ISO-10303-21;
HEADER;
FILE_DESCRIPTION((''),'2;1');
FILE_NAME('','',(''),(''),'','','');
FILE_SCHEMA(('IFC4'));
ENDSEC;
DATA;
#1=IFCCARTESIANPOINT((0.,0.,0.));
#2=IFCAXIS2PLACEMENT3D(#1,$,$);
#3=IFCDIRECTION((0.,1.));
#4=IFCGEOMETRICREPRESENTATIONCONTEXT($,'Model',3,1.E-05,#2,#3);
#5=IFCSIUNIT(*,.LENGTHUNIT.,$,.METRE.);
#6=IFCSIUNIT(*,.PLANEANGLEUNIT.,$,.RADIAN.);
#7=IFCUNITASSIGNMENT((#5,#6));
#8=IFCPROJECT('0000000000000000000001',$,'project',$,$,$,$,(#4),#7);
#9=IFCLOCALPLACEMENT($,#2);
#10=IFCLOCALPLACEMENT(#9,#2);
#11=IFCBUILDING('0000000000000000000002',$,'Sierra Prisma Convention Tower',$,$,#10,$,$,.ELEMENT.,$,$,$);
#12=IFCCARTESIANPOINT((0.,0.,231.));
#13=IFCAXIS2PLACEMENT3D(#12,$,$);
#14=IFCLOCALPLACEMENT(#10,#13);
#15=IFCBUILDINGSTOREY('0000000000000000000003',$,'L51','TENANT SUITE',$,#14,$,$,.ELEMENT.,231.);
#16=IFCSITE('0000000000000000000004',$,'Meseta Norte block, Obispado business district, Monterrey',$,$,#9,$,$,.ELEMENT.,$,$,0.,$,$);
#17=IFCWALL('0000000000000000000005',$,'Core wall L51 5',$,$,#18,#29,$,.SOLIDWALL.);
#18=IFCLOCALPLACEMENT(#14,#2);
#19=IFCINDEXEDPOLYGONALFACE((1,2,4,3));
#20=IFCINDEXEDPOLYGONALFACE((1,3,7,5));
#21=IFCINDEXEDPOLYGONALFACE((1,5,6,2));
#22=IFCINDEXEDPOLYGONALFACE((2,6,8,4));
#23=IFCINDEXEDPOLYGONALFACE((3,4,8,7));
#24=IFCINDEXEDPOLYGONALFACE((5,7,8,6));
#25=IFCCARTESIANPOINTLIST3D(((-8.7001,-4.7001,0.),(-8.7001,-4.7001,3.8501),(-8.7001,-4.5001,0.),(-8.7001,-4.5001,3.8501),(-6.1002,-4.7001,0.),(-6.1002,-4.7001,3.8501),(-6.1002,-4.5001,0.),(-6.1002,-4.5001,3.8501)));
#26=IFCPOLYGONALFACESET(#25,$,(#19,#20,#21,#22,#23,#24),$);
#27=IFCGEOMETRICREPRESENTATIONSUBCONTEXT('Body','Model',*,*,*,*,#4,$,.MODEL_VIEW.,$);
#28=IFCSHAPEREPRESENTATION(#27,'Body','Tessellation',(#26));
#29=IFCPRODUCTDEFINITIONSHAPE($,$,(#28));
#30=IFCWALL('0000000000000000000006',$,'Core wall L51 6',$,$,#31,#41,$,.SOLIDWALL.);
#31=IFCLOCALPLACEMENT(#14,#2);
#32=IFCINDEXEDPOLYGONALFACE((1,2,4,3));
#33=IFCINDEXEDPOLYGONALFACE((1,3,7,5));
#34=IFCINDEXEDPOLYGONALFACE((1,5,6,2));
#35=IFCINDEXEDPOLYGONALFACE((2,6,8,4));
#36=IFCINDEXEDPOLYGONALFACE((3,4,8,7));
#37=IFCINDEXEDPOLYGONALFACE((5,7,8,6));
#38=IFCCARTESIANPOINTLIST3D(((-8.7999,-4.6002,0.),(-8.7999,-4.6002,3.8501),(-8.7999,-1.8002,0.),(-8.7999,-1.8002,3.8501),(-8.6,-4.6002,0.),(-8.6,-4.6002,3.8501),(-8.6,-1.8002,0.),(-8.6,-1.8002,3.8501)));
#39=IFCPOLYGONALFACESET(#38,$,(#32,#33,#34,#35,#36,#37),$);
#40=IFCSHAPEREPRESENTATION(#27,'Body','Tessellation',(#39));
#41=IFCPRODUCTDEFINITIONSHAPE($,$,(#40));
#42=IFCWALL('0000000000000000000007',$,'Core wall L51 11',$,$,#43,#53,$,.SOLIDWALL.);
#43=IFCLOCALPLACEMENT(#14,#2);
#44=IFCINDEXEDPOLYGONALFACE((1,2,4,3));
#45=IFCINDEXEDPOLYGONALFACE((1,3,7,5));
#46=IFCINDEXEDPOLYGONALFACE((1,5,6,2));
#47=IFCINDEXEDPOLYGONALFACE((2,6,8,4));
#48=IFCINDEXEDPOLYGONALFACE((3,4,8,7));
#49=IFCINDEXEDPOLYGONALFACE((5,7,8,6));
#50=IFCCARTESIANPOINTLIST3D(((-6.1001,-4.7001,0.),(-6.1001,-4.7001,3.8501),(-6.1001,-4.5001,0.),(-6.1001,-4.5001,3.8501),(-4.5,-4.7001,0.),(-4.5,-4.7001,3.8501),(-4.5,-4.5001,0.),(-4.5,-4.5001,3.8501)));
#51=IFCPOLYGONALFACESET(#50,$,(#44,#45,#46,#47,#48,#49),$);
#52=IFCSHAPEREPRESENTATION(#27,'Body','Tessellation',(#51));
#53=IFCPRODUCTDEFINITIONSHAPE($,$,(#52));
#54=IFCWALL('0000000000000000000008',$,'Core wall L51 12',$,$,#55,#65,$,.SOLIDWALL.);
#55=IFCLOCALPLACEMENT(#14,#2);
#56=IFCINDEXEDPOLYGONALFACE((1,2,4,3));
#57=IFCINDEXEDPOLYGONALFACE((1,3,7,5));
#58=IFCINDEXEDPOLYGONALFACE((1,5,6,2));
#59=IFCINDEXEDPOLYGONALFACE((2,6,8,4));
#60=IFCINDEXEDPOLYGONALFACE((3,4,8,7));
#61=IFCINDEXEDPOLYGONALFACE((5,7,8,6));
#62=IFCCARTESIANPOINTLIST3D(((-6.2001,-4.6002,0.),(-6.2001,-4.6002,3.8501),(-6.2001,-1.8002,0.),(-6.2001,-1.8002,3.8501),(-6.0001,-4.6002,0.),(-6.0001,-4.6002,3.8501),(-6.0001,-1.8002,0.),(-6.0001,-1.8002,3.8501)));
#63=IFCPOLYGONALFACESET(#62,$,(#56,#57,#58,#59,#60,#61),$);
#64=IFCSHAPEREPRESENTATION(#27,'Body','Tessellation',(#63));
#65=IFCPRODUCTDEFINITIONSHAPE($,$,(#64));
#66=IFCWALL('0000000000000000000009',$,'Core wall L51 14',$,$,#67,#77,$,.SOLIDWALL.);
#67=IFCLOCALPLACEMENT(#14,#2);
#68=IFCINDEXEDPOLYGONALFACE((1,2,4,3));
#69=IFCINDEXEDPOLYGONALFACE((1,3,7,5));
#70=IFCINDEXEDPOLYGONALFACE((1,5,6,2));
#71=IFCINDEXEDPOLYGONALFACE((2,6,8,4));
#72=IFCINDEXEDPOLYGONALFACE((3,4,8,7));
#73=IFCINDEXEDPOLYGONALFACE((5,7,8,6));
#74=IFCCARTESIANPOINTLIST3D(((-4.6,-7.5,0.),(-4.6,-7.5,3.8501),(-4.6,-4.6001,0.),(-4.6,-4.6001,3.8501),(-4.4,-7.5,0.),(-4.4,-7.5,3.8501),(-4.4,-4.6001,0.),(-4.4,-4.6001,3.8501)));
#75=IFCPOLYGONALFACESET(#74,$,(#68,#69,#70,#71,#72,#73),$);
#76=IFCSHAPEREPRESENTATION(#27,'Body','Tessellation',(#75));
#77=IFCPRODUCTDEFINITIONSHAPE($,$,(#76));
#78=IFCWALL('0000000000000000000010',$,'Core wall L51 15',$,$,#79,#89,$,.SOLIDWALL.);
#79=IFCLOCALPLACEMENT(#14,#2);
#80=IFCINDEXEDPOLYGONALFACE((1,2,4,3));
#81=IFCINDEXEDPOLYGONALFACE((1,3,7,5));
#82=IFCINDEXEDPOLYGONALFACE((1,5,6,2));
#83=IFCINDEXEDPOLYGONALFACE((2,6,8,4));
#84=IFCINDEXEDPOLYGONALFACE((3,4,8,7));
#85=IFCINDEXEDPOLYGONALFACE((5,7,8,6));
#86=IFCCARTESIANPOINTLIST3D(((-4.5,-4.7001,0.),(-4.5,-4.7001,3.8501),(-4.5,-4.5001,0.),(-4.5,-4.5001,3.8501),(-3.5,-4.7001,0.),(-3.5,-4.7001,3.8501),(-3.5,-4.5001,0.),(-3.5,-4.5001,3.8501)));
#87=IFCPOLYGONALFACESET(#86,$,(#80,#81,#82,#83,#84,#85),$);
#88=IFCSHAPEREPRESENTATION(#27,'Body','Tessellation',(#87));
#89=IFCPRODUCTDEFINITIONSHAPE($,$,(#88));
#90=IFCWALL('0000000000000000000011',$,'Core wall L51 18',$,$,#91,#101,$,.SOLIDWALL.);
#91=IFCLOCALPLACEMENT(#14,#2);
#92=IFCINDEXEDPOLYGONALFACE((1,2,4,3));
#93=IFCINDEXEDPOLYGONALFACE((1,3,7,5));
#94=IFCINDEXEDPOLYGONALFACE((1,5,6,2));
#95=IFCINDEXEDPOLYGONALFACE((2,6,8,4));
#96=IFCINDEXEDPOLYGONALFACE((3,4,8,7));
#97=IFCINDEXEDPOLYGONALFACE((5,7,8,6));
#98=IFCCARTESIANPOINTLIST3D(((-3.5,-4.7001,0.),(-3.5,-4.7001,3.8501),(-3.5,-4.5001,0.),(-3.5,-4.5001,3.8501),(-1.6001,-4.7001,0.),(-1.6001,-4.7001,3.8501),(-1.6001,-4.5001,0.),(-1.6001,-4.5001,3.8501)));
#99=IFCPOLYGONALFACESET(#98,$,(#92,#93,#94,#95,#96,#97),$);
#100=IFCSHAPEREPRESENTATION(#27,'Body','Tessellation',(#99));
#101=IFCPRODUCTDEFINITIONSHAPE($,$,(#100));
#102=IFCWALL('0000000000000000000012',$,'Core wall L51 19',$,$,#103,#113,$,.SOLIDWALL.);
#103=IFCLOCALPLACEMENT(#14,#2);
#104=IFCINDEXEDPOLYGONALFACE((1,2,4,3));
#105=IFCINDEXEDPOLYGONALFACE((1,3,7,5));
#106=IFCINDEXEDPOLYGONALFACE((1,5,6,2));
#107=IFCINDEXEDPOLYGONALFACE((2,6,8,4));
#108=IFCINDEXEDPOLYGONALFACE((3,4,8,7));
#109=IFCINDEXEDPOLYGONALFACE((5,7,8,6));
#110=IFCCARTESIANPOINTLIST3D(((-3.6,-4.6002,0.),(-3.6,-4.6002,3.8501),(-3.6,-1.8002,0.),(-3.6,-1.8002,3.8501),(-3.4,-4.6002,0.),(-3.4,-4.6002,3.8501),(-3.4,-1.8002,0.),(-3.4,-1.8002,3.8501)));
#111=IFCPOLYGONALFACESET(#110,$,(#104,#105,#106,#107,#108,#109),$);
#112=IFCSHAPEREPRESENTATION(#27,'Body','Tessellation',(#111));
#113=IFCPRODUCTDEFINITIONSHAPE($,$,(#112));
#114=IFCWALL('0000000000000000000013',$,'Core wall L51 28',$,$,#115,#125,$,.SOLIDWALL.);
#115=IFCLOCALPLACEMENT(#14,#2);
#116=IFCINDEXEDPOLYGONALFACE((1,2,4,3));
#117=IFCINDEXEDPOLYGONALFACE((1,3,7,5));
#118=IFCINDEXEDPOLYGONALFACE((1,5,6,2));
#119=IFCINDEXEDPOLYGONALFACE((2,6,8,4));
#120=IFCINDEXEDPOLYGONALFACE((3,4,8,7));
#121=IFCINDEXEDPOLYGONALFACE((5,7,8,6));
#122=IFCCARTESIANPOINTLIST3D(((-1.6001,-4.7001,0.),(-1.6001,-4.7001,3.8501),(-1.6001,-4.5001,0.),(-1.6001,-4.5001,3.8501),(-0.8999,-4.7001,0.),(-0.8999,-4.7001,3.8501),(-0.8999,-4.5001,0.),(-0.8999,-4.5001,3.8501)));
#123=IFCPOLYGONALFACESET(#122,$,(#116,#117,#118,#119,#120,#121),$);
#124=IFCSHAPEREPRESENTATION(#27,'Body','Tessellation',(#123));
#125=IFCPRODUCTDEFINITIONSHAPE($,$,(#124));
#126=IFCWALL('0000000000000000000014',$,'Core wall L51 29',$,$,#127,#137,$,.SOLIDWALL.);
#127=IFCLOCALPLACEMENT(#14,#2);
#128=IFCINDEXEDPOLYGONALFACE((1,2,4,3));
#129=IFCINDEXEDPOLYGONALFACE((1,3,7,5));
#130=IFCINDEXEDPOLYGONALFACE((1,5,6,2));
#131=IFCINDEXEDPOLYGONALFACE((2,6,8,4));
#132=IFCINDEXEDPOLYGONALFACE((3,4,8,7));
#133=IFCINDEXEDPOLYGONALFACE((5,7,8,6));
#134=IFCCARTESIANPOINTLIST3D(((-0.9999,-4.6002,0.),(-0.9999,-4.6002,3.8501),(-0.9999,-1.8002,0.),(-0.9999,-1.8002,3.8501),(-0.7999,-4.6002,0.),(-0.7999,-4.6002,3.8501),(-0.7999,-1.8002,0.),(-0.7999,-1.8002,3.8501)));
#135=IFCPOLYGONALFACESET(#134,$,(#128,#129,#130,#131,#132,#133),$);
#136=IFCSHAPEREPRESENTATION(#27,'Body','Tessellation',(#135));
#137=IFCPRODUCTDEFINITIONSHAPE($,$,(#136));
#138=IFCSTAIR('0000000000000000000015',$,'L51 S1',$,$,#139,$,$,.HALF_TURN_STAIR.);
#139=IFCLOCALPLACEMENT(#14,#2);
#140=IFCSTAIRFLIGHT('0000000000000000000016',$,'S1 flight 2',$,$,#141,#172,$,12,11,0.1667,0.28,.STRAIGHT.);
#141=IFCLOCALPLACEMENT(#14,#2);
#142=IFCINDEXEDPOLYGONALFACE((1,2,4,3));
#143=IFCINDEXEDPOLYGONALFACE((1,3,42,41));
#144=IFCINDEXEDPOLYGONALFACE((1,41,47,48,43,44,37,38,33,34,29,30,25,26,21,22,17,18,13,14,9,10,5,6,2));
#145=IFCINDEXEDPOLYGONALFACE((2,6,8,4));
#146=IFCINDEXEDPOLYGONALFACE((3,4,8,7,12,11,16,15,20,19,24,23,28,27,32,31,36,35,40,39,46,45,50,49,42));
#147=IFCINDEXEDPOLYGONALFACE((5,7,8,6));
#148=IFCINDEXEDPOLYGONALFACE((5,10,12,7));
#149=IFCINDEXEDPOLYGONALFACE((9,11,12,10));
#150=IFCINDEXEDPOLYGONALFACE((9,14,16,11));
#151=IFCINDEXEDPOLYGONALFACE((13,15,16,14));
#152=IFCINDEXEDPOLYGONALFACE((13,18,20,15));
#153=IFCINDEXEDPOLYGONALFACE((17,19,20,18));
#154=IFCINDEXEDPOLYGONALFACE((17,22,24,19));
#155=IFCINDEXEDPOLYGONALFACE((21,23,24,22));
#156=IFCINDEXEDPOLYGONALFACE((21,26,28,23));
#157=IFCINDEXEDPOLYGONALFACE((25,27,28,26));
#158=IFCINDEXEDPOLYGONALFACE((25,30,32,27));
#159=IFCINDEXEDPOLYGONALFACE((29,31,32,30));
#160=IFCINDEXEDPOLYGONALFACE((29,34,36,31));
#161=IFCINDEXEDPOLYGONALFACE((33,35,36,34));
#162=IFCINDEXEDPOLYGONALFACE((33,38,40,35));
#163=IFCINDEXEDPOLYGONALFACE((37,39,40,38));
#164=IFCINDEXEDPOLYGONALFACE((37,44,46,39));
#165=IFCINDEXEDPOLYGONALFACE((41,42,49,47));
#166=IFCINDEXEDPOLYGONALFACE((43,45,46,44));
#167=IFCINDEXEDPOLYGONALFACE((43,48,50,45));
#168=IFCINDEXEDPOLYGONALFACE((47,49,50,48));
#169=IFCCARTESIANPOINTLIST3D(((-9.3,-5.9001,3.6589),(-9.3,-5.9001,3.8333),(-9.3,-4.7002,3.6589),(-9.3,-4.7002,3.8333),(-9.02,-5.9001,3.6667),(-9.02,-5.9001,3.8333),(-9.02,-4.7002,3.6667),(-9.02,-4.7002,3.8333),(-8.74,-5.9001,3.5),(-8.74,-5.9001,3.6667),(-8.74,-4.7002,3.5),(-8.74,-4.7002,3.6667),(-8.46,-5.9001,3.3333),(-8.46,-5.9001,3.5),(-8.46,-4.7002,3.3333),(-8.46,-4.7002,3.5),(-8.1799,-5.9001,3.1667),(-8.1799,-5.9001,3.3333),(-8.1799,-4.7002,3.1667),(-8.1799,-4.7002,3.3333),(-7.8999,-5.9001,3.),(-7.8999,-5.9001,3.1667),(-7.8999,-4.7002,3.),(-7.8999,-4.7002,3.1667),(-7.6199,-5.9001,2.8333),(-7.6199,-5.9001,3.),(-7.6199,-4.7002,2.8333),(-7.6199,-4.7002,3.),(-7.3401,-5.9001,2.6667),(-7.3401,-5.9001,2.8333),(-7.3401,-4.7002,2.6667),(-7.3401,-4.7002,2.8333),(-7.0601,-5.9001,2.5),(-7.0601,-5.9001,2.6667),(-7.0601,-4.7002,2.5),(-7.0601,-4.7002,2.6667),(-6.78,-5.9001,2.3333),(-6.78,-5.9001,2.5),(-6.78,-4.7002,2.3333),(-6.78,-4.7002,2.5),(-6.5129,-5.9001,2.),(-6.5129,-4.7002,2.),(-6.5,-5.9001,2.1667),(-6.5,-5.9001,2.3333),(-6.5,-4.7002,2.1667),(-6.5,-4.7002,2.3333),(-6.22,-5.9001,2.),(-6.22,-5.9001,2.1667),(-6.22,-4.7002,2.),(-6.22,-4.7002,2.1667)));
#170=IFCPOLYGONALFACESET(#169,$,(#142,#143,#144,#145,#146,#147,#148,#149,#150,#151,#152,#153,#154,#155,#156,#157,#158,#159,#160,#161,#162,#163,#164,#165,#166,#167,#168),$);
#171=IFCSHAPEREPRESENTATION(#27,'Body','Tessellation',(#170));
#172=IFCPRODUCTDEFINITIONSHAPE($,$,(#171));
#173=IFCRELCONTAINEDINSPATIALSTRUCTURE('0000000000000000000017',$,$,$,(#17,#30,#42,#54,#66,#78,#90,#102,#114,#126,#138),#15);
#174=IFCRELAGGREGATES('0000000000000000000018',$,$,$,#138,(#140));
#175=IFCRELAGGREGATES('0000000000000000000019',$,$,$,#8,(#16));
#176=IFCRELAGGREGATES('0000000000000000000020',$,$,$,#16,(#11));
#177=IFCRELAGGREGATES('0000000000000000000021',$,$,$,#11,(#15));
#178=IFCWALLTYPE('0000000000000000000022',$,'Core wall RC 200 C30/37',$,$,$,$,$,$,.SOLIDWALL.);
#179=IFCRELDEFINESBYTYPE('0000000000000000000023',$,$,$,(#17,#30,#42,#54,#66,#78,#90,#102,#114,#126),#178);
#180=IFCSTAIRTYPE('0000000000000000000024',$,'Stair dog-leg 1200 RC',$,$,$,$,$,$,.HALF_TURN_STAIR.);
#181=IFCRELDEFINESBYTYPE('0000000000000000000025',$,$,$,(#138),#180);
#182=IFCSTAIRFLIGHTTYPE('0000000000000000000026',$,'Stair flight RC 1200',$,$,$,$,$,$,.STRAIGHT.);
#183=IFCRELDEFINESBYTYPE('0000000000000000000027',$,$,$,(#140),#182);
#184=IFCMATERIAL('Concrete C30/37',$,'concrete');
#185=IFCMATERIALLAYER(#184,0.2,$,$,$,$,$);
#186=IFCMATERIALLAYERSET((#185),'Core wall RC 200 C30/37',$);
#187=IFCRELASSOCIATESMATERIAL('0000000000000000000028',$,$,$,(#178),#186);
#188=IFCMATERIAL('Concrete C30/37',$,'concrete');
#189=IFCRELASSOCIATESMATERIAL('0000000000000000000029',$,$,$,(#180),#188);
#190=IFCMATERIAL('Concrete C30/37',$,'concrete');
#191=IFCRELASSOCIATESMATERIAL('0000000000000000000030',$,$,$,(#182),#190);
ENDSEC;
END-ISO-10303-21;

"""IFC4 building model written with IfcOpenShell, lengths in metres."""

from ifc_helpers import new_model, si_unit, direction, frame, frame_2d, origin, place, context, subcontext, project, spatial, polyline, rectangle, outline, extrude, material, layer, layer_set, type_object, element, aggregate, save


model = new_model("IFC4")

# Units and contexts
model_context = context("Model", 3, precision=1e-05, world=origin(), true_north=direction((0.0, 1.0)))
body_context = subcontext(model_context, "Body", "Model", "MODEL_VIEW")
ifc_project = project(units=[si_unit("LENGTHUNIT", "METRE"), si_unit("PLANEANGLEUNIT", "RADIAN")], contexts=[model_context])

# Site, building, storey
site_placement = place(None, origin())
site = spatial("IfcSite", under=ifc_project, at=site_placement, Name="Meseta Norte block, Obispado business district, Monterrey", CompositionType="ELEMENT", RefElevation=0.0)
building_placement = place(site_placement, origin())
building = spatial("IfcBuilding", under=site, at=building_placement, Name="Sierra Prisma Convention Tower", CompositionType="ELEMENT")
storey_placement = place(building_placement, frame((0.0, 0.0, 231.0)))
storey = spatial("IfcBuildingStorey", under=building, at=storey_placement, Name="L51", Description="TENANT SUITE", CompositionType="ELEMENT", Elevation=231.0)

# Shared definitions
ifc_material_1 = material(Name="Concrete C30/37", Category="concrete")
ifc_layer = layer(ifc_material_1, 0.2)
ifc_layer_set = layer_set([ifc_layer], Name="Core wall RC 200 C30/37")
wall_type = type_object("IfcWallType", Name="Core wall RC 200 C30/37", PredefinedType="SOLIDWALL", material=ifc_layer_set)

# Walls
wall_1_placement = place(storey_placement, frame((-8.7, -4.6001, 0.0), z_axis=(0.0, 0.0, 1.0), x_axis=(1.0, 0.0, 0.0)))
element("IfcWall", 1, at=wall_1_placement, inside=storey, type_object=wall_type, Name="Core wall L51 5", PredefinedType="SOLIDWALL", context=body_context, shape_type="SweptSolid", body=[
    extrude(rectangle(XDim=2.5999, YDim=0.2, at=frame_2d((1.2998, 0.0))), origin(), (0.0, 0.0, 1.0), 3.8501),
])
wall_2_placement = place(storey_placement, frame((-8.7, -4.6001, 0.0), z_axis=(0.0, 0.0, 1.0), x_axis=(0.0, 1.0, 0.0)))
element("IfcWall", 2, at=wall_2_placement, inside=storey, type_object=wall_type, Name="Core wall L51 6", PredefinedType="SOLIDWALL", context=body_context, shape_type="SweptSolid", body=[
    extrude(rectangle(XDim=2.8, YDim=0.2, at=frame_2d((1.3999, 0.0))), origin(), (0.0, 0.0, 1.0), 3.8501),
])
wall_3_placement = place(storey_placement, frame((-6.1001, -4.6001, 0.0), z_axis=(0.0, 0.0, 1.0), x_axis=(1.0, 0.0, 0.0)))
element("IfcWall", 3, at=wall_3_placement, inside=storey, type_object=wall_type, Name="Core wall L51 11", PredefinedType="SOLIDWALL", context=body_context, shape_type="SweptSolid", body=[
    extrude(rectangle(XDim=1.6001, YDim=0.2, at=frame_2d((0.8, 0.0))), origin(), (0.0, 0.0, 1.0), 3.8501),
])
wall_4_placement = place(storey_placement, frame((-6.1001, -4.6001, 0.0), z_axis=(0.0, 0.0, 1.0), x_axis=(0.0, 1.0, 0.0)))
element("IfcWall", 4, at=wall_4_placement, inside=storey, type_object=wall_type, Name="Core wall L51 12", PredefinedType="SOLIDWALL", context=body_context, shape_type="SweptSolid", body=[
    extrude(rectangle(XDim=2.8, YDim=0.2, at=frame_2d((1.3999, 0.0))), origin(), (0.0, 0.0, 1.0), 3.8501),
])
wall_5_placement = place(storey_placement, frame((-4.5, -4.6001, 0.0), z_axis=(0.0, 0.0, 1.0), x_axis=(0.0, -1.0, 0.0)))
element("IfcWall", 5, at=wall_5_placement, inside=storey, type_object=wall_type, Name="Core wall L51 14", PredefinedType="SOLIDWALL", context=body_context, shape_type="SweptSolid", body=[
    extrude(rectangle(XDim=2.8999, YDim=0.2, at=frame_2d((1.45, 0.0))), origin(), (0.0, 0.0, 1.0), 3.8501),
])
wall_6_placement = place(storey_placement, frame((-4.5, -4.6001, 0.0), z_axis=(0.0, 0.0, 1.0), x_axis=(1.0, 0.0, 0.0)))
element("IfcWall", 6, at=wall_6_placement, inside=storey, type_object=wall_type, Name="Core wall L51 15", PredefinedType="SOLIDWALL", context=body_context, shape_type="SweptSolid", body=[
    extrude(rectangle(XDim=1.0, YDim=0.2, at=frame_2d((0.5, 0.0))), origin(), (0.0, 0.0, 1.0), 3.8501),
])
wall_7_placement = place(storey_placement, frame((-3.5, -4.6001, 0.0), z_axis=(0.0, 0.0, 1.0), x_axis=(1.0, 0.0, 0.0)))
element("IfcWall", 7, at=wall_7_placement, inside=storey, type_object=wall_type, Name="Core wall L51 18", PredefinedType="SOLIDWALL", context=body_context, shape_type="SweptSolid", body=[
    extrude(rectangle(XDim=1.8999, YDim=0.2, at=frame_2d((0.95, 0.0))), origin(), (0.0, 0.0, 1.0), 3.8501),
])
wall_8_placement = place(storey_placement, frame((-3.5, -4.6001, 0.0), z_axis=(0.0, 0.0, 1.0), x_axis=(0.0, 1.0, 0.0)))
element("IfcWall", 8, at=wall_8_placement, inside=storey, type_object=wall_type, Name="Core wall L51 19", PredefinedType="SOLIDWALL", context=body_context, shape_type="SweptSolid", body=[
    extrude(rectangle(XDim=2.8, YDim=0.2, at=frame_2d((1.3999, 0.0))), origin(), (0.0, 0.0, 1.0), 3.8501),
])
wall_9_placement = place(storey_placement, frame((-1.6001, -4.6001, 0.0), z_axis=(0.0, 0.0, 1.0), x_axis=(1.0, 0.0, 0.0)))
element("IfcWall", 9, at=wall_9_placement, inside=storey, type_object=wall_type, Name="Core wall L51 28", PredefinedType="SOLIDWALL", context=body_context, shape_type="SweptSolid", body=[
    extrude(rectangle(XDim=0.7002, YDim=0.2, at=frame_2d((0.3501, 0.0))), origin(), (0.0, 0.0, 1.0), 3.8501),
])
wall_10_placement = place(storey_placement, frame((-0.8999, -4.6001, 0.0), z_axis=(0.0, 0.0, 1.0), x_axis=(0.0, 1.0, 0.0)))
element("IfcWall", 10, at=wall_10_placement, inside=storey, type_object=wall_type, Name="Core wall L51 29", PredefinedType="SOLIDWALL", context=body_context, shape_type="SweptSolid", body=[
    extrude(rectangle(XDim=2.8, YDim=0.2, at=frame_2d((1.3999, 0.0))), origin(), (0.0, 0.0, 1.0), 3.8501),
])

# Stair, stair flight
ifc_material_2 = material(Name="Concrete C30/37", Category="concrete")
stair_type = type_object("IfcStairType", Name="Stair dog-leg 1200 RC", PredefinedType="HALF_TURN_STAIR", material=ifc_material_2)
stair_placement = place(storey_placement, origin())
stair = element("IfcStair", 11, at=stair_placement, inside=storey, type_object=stair_type, Name="L51 S1", PredefinedType="HALF_TURN_STAIR")
ifc_material_3 = material(Name="Concrete C30/37", Category="concrete")
stair_flight_type = type_object("IfcStairFlightType", Name="Stair flight RC 1200", PredefinedType="STRAIGHT", material=ifc_material_3)
stair_flight_placement = place(storey_placement, frame((-6.22, -5.3, 2.0), z_axis=(0.0, 0.0, 1.0), x_axis=(-1.0, 0.0, 0.0)))
stair_flight = element("IfcStairFlight", 12, at=stair_flight_placement, type_object=stair_flight_type, Name="S1 flight 2", NumberOfRisers=12, NumberOfTreads=11, PredefinedType="STRAIGHT", RiserHeight=0.1667, TreadLength=0.28, context=body_context, shape_type="SweptSolid", body=[
    extrude(outline(polyline([(0.0, 0.0), (0.0, 0.1667), (0.28, 0.1667), (0.28, 0.3333), (0.5601, 0.3333), (0.5601, 0.5), (0.8401, 0.5), (0.8401, 0.6667), (1.1201, 0.6667), (1.1201, 0.8333), (1.3999, 0.8333), (1.3999, 1.0), (1.6799, 1.0), (1.6799, 1.1667), (1.96, 1.1667), (1.96, 1.3333), (2.24, 1.3333), (2.24, 1.5), (2.52, 1.5), (2.52, 1.6667), (2.8, 1.6667), (2.8, 1.8333), (3.0801, 1.8333), (3.0801, 2.0), (3.0801, 1.6589), (0.293, 0.0), (0.0, 0.0)])), frame((0.0, 0.6001, 0.0), z_axis=(0.0, -1.0, 0.0), x_axis=(1.0, 0.0, 0.0)), (0.0, 0.0, 1.0), 1.2),
])
aggregate(stair, [stair_flight])

save(model, "model.ifc")
